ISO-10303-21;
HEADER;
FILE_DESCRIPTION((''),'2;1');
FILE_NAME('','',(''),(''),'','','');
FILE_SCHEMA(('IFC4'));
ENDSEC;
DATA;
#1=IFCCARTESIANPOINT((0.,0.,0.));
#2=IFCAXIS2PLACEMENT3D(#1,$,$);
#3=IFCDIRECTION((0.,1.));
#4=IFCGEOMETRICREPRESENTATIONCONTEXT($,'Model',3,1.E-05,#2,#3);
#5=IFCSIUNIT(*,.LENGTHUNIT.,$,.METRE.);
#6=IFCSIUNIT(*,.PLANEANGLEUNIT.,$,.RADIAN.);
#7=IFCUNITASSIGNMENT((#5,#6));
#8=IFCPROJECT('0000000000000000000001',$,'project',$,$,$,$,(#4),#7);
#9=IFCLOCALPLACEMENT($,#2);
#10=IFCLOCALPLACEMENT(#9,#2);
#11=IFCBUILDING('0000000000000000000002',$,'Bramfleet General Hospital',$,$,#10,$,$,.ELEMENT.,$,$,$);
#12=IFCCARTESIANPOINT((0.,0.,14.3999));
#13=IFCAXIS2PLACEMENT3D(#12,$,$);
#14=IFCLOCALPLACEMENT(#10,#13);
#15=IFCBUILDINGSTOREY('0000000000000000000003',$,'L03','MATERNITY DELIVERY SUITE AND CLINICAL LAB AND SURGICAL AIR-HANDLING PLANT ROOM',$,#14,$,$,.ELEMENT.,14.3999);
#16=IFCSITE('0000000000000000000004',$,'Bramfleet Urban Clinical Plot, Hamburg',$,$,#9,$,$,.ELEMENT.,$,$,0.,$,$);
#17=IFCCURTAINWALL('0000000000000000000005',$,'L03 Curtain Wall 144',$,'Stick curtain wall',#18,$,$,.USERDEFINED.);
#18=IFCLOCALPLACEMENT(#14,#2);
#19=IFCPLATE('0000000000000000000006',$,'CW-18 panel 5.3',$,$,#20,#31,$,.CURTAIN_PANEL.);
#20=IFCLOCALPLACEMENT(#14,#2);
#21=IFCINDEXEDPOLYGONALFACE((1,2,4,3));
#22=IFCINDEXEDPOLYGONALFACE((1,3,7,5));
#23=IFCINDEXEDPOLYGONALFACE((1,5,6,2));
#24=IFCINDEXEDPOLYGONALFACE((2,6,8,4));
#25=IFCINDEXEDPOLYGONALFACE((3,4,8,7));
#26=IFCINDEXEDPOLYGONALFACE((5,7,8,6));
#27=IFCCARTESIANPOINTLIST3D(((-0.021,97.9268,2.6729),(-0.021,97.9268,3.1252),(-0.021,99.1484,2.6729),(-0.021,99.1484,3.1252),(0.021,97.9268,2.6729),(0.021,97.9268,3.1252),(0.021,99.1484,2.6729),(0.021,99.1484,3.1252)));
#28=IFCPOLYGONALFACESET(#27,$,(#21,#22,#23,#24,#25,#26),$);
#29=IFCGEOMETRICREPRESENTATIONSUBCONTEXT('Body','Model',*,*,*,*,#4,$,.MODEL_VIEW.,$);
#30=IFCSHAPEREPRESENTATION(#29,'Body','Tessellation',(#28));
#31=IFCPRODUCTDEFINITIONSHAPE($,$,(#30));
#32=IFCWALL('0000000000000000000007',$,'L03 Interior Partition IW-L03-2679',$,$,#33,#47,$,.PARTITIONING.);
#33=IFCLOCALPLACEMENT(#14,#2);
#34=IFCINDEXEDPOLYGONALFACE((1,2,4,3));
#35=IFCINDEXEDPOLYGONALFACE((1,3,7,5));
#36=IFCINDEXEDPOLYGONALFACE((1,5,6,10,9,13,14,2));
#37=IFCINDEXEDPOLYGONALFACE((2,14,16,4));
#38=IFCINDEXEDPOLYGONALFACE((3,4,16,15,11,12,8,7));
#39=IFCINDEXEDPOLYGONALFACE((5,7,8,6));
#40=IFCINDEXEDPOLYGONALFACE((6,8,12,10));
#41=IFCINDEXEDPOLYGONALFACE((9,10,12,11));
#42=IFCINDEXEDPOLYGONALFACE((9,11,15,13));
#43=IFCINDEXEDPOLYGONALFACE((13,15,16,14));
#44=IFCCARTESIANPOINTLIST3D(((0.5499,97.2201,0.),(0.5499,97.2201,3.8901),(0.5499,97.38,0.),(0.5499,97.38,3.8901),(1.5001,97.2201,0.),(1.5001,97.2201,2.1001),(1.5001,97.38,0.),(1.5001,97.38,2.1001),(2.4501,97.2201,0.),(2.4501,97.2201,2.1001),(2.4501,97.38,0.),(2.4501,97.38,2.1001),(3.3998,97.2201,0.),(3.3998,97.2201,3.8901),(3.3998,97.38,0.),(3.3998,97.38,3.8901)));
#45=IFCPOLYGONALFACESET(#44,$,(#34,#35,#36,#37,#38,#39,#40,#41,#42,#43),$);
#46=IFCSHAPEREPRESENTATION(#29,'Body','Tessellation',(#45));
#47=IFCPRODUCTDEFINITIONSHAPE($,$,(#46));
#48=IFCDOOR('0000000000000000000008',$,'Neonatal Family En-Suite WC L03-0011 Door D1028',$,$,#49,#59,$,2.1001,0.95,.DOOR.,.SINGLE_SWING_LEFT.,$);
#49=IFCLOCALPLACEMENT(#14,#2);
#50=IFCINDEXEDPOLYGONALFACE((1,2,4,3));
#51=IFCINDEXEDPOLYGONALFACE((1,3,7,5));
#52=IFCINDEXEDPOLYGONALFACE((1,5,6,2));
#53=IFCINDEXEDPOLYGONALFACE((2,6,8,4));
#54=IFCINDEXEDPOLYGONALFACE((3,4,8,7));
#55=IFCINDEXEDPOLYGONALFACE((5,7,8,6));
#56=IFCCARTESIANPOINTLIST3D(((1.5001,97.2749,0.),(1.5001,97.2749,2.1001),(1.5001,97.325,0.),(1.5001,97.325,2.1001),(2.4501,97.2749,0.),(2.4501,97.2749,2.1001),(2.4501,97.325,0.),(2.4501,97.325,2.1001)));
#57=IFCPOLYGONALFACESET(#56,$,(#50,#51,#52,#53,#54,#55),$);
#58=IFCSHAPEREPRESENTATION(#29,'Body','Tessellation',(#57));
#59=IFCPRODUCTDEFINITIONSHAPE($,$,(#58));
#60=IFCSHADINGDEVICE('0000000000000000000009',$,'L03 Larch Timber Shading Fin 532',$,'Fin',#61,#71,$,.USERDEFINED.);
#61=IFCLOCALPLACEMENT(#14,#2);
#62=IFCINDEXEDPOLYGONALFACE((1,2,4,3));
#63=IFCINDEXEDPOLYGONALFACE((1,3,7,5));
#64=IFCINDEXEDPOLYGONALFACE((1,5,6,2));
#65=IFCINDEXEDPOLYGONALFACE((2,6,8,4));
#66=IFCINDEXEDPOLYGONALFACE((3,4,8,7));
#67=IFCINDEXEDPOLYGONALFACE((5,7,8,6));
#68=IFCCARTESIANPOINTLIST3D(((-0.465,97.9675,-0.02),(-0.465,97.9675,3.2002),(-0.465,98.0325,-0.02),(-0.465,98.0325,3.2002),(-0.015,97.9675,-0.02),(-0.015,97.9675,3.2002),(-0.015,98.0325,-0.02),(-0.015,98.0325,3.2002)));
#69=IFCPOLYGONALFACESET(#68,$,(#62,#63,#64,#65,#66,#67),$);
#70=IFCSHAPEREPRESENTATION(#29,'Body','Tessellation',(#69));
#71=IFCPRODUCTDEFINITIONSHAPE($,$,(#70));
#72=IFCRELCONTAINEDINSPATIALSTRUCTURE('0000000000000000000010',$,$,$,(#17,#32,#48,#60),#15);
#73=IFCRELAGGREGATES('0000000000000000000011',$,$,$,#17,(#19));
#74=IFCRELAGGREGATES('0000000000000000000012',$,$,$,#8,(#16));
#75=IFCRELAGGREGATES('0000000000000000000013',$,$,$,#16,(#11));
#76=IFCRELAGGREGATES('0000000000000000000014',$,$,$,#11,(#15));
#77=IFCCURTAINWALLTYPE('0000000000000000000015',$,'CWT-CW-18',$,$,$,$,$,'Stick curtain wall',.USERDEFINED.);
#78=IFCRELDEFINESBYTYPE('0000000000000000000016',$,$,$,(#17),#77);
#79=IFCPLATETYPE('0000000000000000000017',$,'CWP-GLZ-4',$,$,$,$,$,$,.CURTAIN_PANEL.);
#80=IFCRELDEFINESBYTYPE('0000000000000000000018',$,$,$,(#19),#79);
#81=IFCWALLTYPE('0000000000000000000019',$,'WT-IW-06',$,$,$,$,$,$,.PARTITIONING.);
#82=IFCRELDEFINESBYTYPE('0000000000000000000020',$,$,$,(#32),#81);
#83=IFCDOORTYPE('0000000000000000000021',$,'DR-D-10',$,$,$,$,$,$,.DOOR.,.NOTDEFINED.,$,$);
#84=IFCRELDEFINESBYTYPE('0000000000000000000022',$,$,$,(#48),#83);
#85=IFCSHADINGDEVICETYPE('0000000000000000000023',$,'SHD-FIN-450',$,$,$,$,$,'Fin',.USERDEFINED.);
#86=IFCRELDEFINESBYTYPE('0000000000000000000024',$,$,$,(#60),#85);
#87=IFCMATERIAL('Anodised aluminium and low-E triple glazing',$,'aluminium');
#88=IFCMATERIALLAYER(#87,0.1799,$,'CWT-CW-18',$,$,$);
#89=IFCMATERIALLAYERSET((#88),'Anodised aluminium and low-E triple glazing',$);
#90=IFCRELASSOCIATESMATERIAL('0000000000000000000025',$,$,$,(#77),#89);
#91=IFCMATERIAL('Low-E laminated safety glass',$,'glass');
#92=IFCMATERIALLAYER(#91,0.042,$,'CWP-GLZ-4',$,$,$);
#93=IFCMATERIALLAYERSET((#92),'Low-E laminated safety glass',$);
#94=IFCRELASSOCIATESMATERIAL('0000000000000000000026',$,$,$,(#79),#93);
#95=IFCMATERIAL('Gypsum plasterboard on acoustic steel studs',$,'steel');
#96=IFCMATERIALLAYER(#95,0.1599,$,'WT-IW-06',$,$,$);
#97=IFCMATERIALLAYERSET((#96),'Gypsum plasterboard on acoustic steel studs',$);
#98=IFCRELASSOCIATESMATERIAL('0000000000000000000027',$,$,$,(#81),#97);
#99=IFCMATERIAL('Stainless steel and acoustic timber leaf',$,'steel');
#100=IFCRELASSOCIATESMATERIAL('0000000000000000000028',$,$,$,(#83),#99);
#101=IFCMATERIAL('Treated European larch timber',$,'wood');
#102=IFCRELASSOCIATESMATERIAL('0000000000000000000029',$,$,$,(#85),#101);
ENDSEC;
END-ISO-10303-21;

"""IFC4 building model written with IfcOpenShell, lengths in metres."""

from ifc_helpers import new_model, si_unit, direction, frame, frame_2d, origin, origin_2d, place, context, subcontext, project, spatial, rectangle, extrude, material, layer, layer_set, material_profile, profile_set, type_object, element, fill, aggregate, save


model = new_model("IFC4")

# Units and contexts
model_context = context("Model", 3, precision=1e-05, world=origin(), true_north=direction((0.0, 1.0)))
body_context = subcontext(model_context, "Body", "Model", "MODEL_VIEW")
ifc_project = project(units=[si_unit("LENGTHUNIT", "METRE"), si_unit("PLANEANGLEUNIT", "RADIAN")], contexts=[model_context])

# Site, building, storey
site_placement = place(None, origin())
site = spatial("IfcSite", under=ifc_project, at=site_placement, Name="Bramfleet Urban Clinical Plot, Hamburg", CompositionType="ELEMENT", RefElevation=0.0)
building_placement = place(site_placement, origin())
building = spatial("IfcBuilding", under=site, at=building_placement, Name="Bramfleet General Hospital", CompositionType="ELEMENT")
storey_placement = place(building_placement, frame((0.0, 0.0, 14.3999)))
storey = spatial("IfcBuildingStorey", under=building, at=storey_placement, Name="L03", Description="MATERNITY DELIVERY SUITE AND CLINICAL LAB AND SURGICAL AIR-HANDLING PLANT ROOM", CompositionType="ELEMENT", Elevation=14.3999)

# Curtain wall, plate
ifc_material_1 = material(Name="Anodised aluminium and low-E triple glazing", Category="aluminium")
ifc_layer_1 = layer(ifc_material_1, 0.1799, Name="CWT-CW-18")
ifc_layer_set_1 = layer_set([ifc_layer_1], Name="Anodised aluminium and low-E triple glazing")
curtain_wall_type = type_object("IfcCurtainWallType", Name="CWT-CW-18", ElementType="Stick curtain wall", PredefinedType="USERDEFINED", material=ifc_layer_set_1)
curtain_wall_placement = place(storey_placement, origin())
curtain_wall = element("IfcCurtainWall", 1, at=curtain_wall_placement, inside=storey, type_object=curtain_wall_type, Name="L03 Curtain Wall 144", ObjectType="Stick curtain wall", PredefinedType="USERDEFINED")
ifc_material_2 = material(Name="Low-E laminated safety glass", Category="glass")
ifc_layer_2 = layer(ifc_material_2, 0.042, Name="CWP-GLZ-4")
ifc_layer_set_2 = layer_set([ifc_layer_2], Name="Low-E laminated safety glass")
plate_type = type_object("IfcPlateType", Name="CWP-GLZ-4", PredefinedType="CURTAIN_PANEL", material=ifc_layer_set_2)
plate_1_placement = place(storey_placement, frame((0.0, 98.5376, 2.6729), z_axis=(0.0, 0.0, 1.0), x_axis=(0.0, 1.0, 0.0)))
plate_1 = element("IfcPlate", 2, at=plate_1_placement, type_object=plate_type, Name="CW-18 panel 5.3", PredefinedType="CURTAIN_PANEL", context=body_context, shape_type="SweptSolid", body=[
    extrude(rectangle(XDim=1.2217, YDim=0.042, at=origin_2d()), origin(), (0.0, 0.0, 1.0), 0.4524),
])
aggregate(curtain_wall, [plate_1])

# Wall, opening, door
ifc_material_3 = material(Name="Gypsum plasterboard on acoustic steel studs", Category="steel")
ifc_layer_3 = layer(ifc_material_3, 0.1599, Name="WT-IW-06")
ifc_layer_set_3 = layer_set([ifc_layer_3], Name="Gypsum plasterboard on acoustic steel studs")
wall_type = type_object("IfcWallType", Name="WT-IW-06", PredefinedType="PARTITIONING", material=ifc_layer_set_3)
wall_placement = place(storey_placement, frame((0.55, 97.3, 0.0), z_axis=(0.0, 0.0, 1.0), x_axis=(1.0, 0.0, 0.0)))
wall = element("IfcWall", 3, at=wall_placement, inside=storey, type_object=wall_type, Name="L03 Interior Partition IW-L03-2679", PredefinedType="PARTITIONING", context=body_context, shape_type="SweptSolid", body=[
    extrude(rectangle(XDim=2.8499, YDim=0.1599, at=frame_2d((1.4248, 0.0))), origin(), (0.0, 0.0, 1.0), 3.8901),
])
opening_placement = place(wall_placement, frame((0.95, 0.0, 0.0)))
opening = element("IfcOpeningElement", 4, at=opening_placement, cuts=wall, PredefinedType="OPENING", context=body_context, shape_type="SweptSolid", body=[
    extrude(rectangle(XDim=0.95, YDim=2.1001, at=frame_2d((0.4751, 1.05))), frame((0.0, 0.0898, 0.0), z_axis=(0.0, -1.0, 0.0), x_axis=(1.0, 0.0, 0.0)), (0.0, 0.0, 1.0), 0.1799),
])
ifc_material_4 = material(Name="Stainless steel and acoustic timber leaf", Category="steel")
door_type = type_object("IfcDoorType", Name="DR-D-10", OperationType="NOTDEFINED", PredefinedType="DOOR", material=ifc_material_4)
door_placement = place(opening_placement, origin())
door = element("IfcDoor", 5, at=door_placement, inside=storey, type_object=door_type, Name="Neonatal Family En-Suite WC L03-0011 Door D1028", OperationType="SINGLE_SWING_LEFT", OverallHeight=2.1001, OverallWidth=0.95, PredefinedType="DOOR", context=body_context, shape_type="SweptSolid", body=[
    extrude(rectangle(XDim=0.95, YDim=2.1001, at=frame_2d((0.4751, 1.05))), frame((0.0, 0.0249, 0.0), z_axis=(0.0, -1.0, 0.0), x_axis=(1.0, 0.0, 0.0)), (0.0, 0.0, 1.0), 0.05),
])
fill(opening, door)

# Shading device
ifc_material_5 = material(Name="Treated European larch timber", Category="wood")
ifc_material_profile_1 = material_profile(ifc_material_5, rectangle(XDim=0.0649, YDim=0.45, at=origin_2d()), Name="LARCH FIN 450x65")
ifc_profile_set_1 = profile_set([ifc_material_profile_1], Name="Treated European larch timber")
shading_device_type = type_object("IfcShadingDeviceType", Name="SHD-FIN-450", ElementType="Fin", PredefinedType="USERDEFINED", material=ifc_profile_set_1)
shading_device_placement = place(storey_placement, frame((-0.24, 98.0, -0.02), z_axis=(0.0, 0.0, 1.0), x_axis=(0.0, 1.0, 0.0)))
element("IfcShadingDevice", 6, at=shading_device_placement, inside=storey, type_object=shading_device_type, Name="L03 Larch Timber Shading Fin 532", ObjectType="Fin", PredefinedType="USERDEFINED", context=body_context, shape_type="SweptSolid", body=[
    extrude(rectangle(XDim=0.0649, YDim=0.45, at=origin_2d()), origin(), (0.0, 0.0, 1.0), 3.2202),
])

save(model, "model.ifc")
